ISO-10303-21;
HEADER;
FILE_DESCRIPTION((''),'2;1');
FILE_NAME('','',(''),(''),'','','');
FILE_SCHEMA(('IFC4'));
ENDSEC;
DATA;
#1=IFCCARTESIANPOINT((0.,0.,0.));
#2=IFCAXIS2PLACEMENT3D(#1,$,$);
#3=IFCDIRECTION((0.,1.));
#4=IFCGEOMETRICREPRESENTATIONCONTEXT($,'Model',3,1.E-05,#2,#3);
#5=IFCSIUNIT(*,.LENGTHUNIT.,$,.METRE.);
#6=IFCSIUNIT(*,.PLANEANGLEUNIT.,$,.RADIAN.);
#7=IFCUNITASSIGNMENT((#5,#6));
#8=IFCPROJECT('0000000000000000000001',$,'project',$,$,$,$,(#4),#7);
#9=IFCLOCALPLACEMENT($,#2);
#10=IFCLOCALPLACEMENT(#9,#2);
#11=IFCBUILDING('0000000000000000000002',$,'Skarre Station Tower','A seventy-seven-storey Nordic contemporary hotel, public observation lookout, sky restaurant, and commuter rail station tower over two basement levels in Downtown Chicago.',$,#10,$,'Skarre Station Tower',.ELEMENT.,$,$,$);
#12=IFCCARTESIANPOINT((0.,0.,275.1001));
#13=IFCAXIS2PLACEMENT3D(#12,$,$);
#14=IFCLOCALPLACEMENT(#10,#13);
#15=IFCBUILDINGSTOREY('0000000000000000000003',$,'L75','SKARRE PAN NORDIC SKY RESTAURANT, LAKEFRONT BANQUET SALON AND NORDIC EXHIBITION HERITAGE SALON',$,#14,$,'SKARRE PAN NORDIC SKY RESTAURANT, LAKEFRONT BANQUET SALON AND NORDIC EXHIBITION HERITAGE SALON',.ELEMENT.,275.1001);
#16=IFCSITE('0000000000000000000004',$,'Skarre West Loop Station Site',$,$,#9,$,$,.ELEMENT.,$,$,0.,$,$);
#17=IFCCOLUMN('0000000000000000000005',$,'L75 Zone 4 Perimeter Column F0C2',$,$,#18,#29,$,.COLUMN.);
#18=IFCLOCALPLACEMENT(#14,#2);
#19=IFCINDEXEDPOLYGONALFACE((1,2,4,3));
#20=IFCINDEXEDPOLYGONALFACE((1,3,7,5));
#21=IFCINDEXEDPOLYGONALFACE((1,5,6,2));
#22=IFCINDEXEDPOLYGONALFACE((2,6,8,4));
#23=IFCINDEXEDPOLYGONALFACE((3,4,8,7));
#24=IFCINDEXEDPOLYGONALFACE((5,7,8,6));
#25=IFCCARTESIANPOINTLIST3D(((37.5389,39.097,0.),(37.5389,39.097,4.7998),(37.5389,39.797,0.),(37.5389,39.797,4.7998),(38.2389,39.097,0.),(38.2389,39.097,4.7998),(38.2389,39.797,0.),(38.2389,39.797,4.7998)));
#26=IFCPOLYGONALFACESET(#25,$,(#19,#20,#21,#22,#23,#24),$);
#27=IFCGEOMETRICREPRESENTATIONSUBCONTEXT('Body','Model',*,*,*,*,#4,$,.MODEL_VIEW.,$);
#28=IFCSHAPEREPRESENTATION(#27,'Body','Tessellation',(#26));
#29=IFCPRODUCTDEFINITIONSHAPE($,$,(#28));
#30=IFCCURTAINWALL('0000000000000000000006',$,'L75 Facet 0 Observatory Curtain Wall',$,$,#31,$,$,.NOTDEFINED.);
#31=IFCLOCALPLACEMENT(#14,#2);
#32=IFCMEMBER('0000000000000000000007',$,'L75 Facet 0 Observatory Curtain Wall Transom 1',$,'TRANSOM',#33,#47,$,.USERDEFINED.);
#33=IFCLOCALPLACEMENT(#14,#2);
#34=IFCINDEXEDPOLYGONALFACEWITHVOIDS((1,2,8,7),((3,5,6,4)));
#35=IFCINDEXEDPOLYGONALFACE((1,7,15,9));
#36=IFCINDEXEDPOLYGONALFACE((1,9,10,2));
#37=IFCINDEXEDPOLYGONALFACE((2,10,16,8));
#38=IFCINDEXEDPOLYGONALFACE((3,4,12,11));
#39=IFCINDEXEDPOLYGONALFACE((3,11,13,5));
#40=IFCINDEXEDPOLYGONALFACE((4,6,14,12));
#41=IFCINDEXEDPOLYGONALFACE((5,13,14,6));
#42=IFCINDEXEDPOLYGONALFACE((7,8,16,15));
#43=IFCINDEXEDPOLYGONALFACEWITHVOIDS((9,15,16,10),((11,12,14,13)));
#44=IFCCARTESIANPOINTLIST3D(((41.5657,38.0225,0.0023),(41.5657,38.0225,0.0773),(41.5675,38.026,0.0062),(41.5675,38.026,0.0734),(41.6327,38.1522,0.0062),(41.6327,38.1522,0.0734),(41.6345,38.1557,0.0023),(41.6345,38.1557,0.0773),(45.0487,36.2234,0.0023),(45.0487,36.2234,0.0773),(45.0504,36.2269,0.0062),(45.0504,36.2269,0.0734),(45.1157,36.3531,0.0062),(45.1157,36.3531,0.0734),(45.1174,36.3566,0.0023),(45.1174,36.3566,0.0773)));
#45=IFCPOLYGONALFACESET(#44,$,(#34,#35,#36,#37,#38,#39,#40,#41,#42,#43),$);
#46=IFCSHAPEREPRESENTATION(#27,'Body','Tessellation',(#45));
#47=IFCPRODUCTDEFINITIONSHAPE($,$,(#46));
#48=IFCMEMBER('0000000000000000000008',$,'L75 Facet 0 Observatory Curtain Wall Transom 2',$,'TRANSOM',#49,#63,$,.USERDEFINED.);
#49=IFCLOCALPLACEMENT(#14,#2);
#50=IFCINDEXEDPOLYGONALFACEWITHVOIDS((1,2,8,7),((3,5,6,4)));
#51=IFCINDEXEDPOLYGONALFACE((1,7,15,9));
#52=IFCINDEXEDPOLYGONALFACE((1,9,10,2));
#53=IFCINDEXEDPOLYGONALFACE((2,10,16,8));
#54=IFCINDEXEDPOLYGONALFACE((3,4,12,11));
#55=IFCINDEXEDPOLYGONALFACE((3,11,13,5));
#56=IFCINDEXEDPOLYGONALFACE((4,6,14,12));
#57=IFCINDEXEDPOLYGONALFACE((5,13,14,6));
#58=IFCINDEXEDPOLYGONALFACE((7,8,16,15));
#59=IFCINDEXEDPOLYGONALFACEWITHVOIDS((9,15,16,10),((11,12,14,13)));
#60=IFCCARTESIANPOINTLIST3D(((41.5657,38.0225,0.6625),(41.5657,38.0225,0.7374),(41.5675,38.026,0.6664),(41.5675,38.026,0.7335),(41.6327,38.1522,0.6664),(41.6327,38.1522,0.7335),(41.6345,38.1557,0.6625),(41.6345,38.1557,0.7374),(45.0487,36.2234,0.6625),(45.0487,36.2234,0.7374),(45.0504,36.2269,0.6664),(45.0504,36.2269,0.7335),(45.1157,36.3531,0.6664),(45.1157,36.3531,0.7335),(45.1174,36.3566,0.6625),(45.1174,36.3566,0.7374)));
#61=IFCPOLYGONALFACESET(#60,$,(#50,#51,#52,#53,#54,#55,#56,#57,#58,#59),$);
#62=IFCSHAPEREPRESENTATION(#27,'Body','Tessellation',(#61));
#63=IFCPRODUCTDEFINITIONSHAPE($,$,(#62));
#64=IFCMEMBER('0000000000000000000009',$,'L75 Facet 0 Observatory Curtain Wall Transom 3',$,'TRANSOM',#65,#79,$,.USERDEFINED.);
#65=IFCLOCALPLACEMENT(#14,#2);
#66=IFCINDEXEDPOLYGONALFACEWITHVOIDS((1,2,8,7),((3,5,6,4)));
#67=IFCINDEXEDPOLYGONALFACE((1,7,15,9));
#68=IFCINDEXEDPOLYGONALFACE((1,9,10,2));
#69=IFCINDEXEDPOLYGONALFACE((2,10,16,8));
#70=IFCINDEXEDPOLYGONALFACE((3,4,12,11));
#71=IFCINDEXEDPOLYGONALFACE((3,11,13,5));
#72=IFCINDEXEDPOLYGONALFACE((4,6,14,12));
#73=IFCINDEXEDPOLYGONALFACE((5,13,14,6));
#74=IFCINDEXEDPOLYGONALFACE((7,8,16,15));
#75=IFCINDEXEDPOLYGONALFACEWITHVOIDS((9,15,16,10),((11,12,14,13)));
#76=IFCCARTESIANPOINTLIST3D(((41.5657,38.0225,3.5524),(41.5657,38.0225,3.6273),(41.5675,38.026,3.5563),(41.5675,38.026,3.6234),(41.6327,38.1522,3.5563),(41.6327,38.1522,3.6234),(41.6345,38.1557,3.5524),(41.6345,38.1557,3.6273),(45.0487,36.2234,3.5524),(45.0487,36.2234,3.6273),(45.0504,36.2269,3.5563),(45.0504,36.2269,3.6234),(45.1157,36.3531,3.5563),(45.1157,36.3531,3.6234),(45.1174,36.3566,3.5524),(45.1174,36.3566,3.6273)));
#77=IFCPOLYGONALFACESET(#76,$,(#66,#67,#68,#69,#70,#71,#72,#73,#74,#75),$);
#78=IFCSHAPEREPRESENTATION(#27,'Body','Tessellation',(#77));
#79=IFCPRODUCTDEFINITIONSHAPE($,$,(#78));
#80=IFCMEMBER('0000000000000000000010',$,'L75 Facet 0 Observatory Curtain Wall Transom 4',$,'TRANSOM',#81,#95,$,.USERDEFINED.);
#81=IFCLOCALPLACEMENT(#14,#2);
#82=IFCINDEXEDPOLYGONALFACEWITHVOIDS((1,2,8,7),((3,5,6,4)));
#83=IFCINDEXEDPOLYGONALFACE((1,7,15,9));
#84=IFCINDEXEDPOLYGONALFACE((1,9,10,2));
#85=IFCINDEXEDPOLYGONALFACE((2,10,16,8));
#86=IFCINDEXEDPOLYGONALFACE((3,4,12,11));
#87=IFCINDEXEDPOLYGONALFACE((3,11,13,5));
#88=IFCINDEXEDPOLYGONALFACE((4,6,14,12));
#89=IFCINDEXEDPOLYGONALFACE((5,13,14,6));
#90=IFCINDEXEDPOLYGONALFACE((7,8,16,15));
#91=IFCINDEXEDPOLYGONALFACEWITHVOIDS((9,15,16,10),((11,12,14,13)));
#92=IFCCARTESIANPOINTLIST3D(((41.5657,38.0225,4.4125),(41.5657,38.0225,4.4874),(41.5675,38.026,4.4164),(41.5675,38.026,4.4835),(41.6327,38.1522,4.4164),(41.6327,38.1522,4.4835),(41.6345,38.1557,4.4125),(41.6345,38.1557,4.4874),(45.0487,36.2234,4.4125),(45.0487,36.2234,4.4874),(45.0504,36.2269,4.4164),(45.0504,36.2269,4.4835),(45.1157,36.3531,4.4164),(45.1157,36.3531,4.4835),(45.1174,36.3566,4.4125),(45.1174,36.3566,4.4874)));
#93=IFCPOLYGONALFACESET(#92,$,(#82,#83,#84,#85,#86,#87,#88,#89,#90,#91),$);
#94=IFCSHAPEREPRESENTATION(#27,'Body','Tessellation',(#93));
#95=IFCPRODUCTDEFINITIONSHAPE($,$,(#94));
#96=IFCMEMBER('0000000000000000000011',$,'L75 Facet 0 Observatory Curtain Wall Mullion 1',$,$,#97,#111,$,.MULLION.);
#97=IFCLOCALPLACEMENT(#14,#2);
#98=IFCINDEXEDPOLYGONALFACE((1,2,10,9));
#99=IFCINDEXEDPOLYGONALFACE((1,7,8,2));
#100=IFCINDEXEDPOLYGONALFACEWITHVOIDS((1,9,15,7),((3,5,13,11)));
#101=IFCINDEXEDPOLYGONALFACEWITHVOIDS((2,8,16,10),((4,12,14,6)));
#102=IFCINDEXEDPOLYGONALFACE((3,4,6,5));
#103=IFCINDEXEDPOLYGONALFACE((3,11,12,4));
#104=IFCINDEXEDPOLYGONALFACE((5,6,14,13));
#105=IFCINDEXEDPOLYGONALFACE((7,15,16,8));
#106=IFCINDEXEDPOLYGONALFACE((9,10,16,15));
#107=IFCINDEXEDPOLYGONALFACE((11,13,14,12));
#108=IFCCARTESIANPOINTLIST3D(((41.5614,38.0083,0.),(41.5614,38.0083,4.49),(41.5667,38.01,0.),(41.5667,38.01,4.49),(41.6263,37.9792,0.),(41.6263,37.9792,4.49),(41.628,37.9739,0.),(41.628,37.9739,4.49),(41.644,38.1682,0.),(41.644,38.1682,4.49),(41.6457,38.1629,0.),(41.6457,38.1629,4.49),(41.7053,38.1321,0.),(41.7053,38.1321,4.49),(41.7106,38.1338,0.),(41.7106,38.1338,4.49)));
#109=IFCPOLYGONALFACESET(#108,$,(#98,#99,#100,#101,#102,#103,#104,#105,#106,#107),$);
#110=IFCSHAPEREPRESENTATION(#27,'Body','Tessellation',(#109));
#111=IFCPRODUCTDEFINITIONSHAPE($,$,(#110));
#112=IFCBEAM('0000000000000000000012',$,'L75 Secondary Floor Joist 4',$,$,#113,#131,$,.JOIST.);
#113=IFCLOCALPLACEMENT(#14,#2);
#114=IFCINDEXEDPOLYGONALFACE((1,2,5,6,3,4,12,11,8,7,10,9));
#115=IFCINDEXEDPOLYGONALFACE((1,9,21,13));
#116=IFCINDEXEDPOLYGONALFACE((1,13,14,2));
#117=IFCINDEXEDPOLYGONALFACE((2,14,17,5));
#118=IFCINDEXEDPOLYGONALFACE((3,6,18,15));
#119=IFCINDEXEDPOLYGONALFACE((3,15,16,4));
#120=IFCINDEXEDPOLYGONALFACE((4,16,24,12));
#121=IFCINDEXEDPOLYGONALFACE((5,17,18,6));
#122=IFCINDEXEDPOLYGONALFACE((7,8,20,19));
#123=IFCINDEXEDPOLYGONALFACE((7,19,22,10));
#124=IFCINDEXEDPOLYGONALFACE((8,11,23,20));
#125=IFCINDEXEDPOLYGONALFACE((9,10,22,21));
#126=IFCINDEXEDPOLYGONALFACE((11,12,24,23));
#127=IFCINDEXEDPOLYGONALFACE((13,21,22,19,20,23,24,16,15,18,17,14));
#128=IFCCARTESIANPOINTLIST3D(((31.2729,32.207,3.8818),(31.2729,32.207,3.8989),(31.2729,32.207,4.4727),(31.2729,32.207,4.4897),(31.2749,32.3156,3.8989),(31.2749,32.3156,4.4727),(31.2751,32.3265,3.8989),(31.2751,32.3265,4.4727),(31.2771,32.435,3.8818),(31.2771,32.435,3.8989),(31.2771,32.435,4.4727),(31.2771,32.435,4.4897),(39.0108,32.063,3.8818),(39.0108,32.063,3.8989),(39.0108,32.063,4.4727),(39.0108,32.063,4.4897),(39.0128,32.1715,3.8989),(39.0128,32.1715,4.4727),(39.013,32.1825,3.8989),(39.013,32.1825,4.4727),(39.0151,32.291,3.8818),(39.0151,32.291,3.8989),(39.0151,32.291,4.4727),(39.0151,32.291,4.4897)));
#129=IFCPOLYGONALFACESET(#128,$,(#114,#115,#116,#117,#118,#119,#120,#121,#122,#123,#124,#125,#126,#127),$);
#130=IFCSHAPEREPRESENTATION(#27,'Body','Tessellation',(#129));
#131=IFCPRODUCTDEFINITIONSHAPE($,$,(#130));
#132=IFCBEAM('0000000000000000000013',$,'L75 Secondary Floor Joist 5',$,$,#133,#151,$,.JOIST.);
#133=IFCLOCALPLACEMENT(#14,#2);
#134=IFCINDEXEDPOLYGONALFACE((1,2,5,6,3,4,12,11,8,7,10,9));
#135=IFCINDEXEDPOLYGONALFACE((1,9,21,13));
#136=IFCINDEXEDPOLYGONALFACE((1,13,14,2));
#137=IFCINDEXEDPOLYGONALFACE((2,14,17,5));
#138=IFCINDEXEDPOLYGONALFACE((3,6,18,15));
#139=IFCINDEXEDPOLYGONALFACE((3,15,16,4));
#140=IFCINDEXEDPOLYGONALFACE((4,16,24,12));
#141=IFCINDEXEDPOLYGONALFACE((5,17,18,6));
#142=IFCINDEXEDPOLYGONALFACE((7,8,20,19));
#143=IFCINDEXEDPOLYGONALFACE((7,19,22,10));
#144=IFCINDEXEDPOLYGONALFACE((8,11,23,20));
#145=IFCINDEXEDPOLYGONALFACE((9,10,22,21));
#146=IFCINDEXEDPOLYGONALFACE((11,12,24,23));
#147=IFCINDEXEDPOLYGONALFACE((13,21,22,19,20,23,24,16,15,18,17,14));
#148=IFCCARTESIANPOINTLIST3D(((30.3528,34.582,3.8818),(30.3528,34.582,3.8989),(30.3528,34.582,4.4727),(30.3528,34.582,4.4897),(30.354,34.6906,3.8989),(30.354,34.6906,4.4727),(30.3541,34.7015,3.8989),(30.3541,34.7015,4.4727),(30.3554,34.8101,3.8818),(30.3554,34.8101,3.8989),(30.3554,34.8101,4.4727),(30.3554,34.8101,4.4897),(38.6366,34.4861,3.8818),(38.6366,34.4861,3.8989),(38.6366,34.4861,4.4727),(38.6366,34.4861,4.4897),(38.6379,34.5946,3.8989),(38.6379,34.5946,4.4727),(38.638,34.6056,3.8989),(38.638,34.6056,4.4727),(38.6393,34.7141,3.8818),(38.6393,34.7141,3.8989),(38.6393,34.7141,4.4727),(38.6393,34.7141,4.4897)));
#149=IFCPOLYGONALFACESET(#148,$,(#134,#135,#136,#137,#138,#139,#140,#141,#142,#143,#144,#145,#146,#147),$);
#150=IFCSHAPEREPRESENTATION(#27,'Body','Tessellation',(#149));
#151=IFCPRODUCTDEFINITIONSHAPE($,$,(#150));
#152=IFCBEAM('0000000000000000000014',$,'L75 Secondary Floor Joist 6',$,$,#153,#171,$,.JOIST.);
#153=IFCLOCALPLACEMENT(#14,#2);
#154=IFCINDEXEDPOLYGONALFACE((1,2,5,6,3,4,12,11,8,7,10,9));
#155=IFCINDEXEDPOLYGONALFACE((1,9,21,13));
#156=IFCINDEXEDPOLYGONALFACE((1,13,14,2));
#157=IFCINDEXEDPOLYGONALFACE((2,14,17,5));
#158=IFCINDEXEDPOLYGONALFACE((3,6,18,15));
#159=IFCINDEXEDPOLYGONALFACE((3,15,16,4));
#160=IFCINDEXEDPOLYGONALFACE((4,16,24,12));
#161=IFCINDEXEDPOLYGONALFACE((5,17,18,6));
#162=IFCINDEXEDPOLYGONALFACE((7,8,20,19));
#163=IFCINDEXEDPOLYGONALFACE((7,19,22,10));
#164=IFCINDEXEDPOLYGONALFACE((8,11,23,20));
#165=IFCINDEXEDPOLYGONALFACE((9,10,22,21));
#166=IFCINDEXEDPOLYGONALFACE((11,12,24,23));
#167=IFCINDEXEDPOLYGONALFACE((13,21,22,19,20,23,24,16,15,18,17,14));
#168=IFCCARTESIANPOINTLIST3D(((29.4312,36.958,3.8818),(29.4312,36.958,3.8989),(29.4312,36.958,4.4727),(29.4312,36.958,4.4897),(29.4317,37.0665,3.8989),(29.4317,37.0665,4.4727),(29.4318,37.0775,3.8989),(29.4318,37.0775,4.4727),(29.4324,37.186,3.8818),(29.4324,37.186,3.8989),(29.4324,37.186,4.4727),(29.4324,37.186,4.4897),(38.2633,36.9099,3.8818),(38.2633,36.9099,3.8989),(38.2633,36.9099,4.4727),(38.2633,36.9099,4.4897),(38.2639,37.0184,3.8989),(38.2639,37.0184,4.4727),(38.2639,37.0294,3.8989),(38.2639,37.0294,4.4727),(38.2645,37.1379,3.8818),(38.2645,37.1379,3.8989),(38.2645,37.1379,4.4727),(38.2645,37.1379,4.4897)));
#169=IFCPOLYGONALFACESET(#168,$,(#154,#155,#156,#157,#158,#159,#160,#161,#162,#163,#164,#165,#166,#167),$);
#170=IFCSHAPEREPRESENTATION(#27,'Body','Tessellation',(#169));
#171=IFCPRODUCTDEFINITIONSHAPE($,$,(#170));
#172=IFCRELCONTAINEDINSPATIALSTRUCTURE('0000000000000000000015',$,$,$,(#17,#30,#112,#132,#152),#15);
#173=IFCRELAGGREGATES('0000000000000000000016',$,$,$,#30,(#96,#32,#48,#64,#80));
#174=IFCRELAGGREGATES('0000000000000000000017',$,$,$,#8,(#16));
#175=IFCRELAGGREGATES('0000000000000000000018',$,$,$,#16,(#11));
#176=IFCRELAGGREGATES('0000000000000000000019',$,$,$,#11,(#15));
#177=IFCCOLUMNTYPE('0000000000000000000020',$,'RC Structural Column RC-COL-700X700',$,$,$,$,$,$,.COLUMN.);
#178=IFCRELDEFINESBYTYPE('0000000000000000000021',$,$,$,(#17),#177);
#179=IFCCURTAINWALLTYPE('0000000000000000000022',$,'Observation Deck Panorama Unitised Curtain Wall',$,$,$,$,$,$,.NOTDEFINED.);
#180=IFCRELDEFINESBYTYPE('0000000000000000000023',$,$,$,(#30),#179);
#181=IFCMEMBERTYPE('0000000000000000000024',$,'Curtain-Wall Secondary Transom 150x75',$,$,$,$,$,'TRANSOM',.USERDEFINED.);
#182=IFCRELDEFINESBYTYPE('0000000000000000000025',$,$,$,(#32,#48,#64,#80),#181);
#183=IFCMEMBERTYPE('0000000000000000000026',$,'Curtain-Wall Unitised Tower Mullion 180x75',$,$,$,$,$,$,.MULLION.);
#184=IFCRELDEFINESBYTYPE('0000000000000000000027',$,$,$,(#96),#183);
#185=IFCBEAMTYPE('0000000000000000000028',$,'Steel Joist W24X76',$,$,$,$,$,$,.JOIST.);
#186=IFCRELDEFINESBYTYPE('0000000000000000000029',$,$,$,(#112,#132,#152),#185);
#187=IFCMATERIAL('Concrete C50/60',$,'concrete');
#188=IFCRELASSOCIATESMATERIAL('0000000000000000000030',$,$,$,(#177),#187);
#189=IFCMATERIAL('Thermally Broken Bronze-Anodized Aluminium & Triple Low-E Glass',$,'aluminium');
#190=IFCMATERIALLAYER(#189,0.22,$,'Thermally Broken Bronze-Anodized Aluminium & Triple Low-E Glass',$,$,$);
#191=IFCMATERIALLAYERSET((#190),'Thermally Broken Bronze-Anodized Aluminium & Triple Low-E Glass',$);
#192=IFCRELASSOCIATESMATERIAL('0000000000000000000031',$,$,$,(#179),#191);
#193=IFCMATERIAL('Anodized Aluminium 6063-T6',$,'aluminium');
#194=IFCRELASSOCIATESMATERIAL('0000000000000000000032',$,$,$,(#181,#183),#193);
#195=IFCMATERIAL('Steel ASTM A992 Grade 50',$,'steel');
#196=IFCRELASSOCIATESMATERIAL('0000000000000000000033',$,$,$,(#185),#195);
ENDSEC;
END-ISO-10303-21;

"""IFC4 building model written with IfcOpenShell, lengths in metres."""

from ifc_helpers import new_model, si_unit, direction, frame, origin, origin_2d, place, context, subcontext, project, spatial, rectangle, hollow_rectangle, i_section, extrude, material, layer, layer_set, material_profile, profile_set, type_object, element, aggregate, save


model = new_model("IFC4")

# Units and contexts
model_context = context("Model", 3, precision=1e-05, world=origin(), true_north=direction((0.0, 1.0)))
body_context = subcontext(model_context, "Body", "Model", "MODEL_VIEW")
ifc_project = project(units=[si_unit("LENGTHUNIT", "METRE"), si_unit("PLANEANGLEUNIT", "RADIAN")], contexts=[model_context])

# Site, building, storey
site_placement = place(None, origin())
site = spatial("IfcSite", under=ifc_project, at=site_placement, Name="Skarre West Loop Station Site", CompositionType="ELEMENT", RefElevation=0.0)
building_placement = place(site_placement, origin())
building = spatial("IfcBuilding", under=site, at=building_placement, Name="Skarre Station Tower", Description="A seventy-seven-storey Nordic contemporary hotel, public observation lookout, sky restaurant, and commuter rail station tower over two basement levels in Downtown Chicago.", LongName="Skarre Station Tower", CompositionType="ELEMENT")
storey_placement = place(building_placement, frame((0.0, 0.0, 275.1001)))
storey = spatial("IfcBuildingStorey", under=building, at=storey_placement, Name="L75", Description="SKARRE PAN NORDIC SKY RESTAURANT, LAKEFRONT BANQUET SALON AND NORDIC EXHIBITION HERITAGE SALON", LongName="SKARRE PAN NORDIC SKY RESTAURANT, LAKEFRONT BANQUET SALON AND NORDIC EXHIBITION HERITAGE SALON", CompositionType="ELEMENT", Elevation=275.1001)

# Column
ifc_material_1 = material(Name="Concrete C50/60", Category="concrete")
ifc_material_profile_1 = material_profile(ifc_material_1, rectangle(XDim=0.7, YDim=0.7, at=origin_2d()), Name="Concrete C50/60")
ifc_profile_set_1 = profile_set([ifc_material_profile_1], Name="Concrete C50/60")
column_type = type_object("IfcColumnType", Name="RC Structural Column RC-COL-700X700", PredefinedType="COLUMN", material=ifc_profile_set_1)
column_placement = place(storey_placement, frame((37.8889, 39.447, 0.0), z_axis=(0.0, 0.0, 1.0), x_axis=(1.0, 0.0, 0.0)))
element("IfcColumn", 1, at=column_placement, inside=storey, type_object=column_type, Name="L75 Zone 4 Perimeter Column F0C2", PredefinedType="COLUMN", context=body_context, shape_type="SweptSolid", body=[
    extrude(rectangle(XDim=0.7, YDim=0.7, at=origin_2d()), origin(), (0.0, 0.0, 1.0), 4.7998),
])

# Curtain wall, members
ifc_material_2 = material(Name="Thermally Broken Bronze-Anodized Aluminium & Triple Low-E Glass", Category="aluminium")
ifc_layer_1 = layer(ifc_material_2, 0.22, Name="Thermally Broken Bronze-Anodized Aluminium & Triple Low-E Glass")
ifc_layer_set_1 = layer_set([ifc_layer_1], Name="Thermally Broken Bronze-Anodized Aluminium & Triple Low-E Glass")
curtain_wall_type = type_object("IfcCurtainWallType", Name="Observation Deck Panorama Unitised Curtain Wall", PredefinedType="NOTDEFINED", material=ifc_layer_set_1)
curtain_wall_placement = place(storey_placement, origin())
curtain_wall = element("IfcCurtainWall", 2, at=curtain_wall_placement, inside=storey, type_object=curtain_wall_type, Name="L75 Facet 0 Observatory Curtain Wall", PredefinedType="NOTDEFINED")
ifc_material_3 = material(Name="Anodized Aluminium 6063-T6", Category="aluminium")
ifc_material_profile_2 = material_profile(ifc_material_3, hollow_rectangle(XDim=0.075, YDim=0.1499, WallThickness=0.0039, at=origin_2d()), Name="Anodized Aluminium 6063-T6")
ifc_profile_set_2 = profile_set([ifc_material_profile_2], Name="Anodized Aluminium 6063-T6")
member_type_1 = type_object("IfcMemberType", Name="Curtain-Wall Secondary Transom 150x75", ElementType="TRANSOM", PredefinedType="USERDEFINED", material=ifc_profile_set_2)
member_1_placement = place(storey_placement, frame((41.6001, 38.0891, 0.0398), z_axis=(0.888471, -0.458933, 0.0), x_axis=(0.0, 0.0, 1.0)))
member_1 = element("IfcMember", 3, at=member_1_placement, type_object=member_type_1, Name="L75 Facet 0 Observatory Curtain Wall Transom 1", ObjectType="TRANSOM", PredefinedType="USERDEFINED", context=body_context, shape_type="SweptSolid", body=[
    extrude(hollow_rectangle(XDim=0.075, YDim=0.1499, WallThickness=0.0039, at=origin_2d()), origin(), (0.0, 0.0, 1.0), 3.9202),
])
member_2_placement = place(storey_placement, frame((41.6001, 38.0891, 0.7), z_axis=(0.888471, -0.458933, 0.0), x_axis=(0.0, 0.0, 1.0)))
member_2 = element("IfcMember", 4, at=member_2_placement, type_object=member_type_1, Name="L75 Facet 0 Observatory Curtain Wall Transom 2", ObjectType="TRANSOM", PredefinedType="USERDEFINED", context=body_context, shape_type="SweptSolid", body=[
    extrude(hollow_rectangle(XDim=0.075, YDim=0.1499, WallThickness=0.0039, at=origin_2d()), origin(), (0.0, 0.0, 1.0), 3.9202),
])
member_3_placement = place(storey_placement, frame((41.6001, 38.0891, 3.5898), z_axis=(0.888471, -0.458933, 0.0), x_axis=(0.0, 0.0, 1.0)))
member_3 = element("IfcMember", 5, at=member_3_placement, type_object=member_type_1, Name="L75 Facet 0 Observatory Curtain Wall Transom 3", ObjectType="TRANSOM", PredefinedType="USERDEFINED", context=body_context, shape_type="SweptSolid", body=[
    extrude(hollow_rectangle(XDim=0.075, YDim=0.1499, WallThickness=0.0039, at=origin_2d()), origin(), (0.0, 0.0, 1.0), 3.9202),
])
member_4_placement = place(storey_placement, frame((41.6001, 38.0891, 4.45), z_axis=(0.888471, -0.458933, 0.0), x_axis=(0.0, 0.0, 1.0)))
member_4 = element("IfcMember", 6, at=member_4_placement, type_object=member_type_1, Name="L75 Facet 0 Observatory Curtain Wall Transom 4", ObjectType="TRANSOM", PredefinedType="USERDEFINED", context=body_context, shape_type="SweptSolid", body=[
    extrude(hollow_rectangle(XDim=0.075, YDim=0.1499, WallThickness=0.0039, at=origin_2d()), origin(), (0.0, 0.0, 1.0), 3.9202),
])
ifc_material_profile_3 = material_profile(ifc_material_3, hollow_rectangle(XDim=0.075, YDim=0.1799, WallThickness=0.0039, at=origin_2d()), Name="Anodized Aluminium 6063-T6")
ifc_profile_set_3 = profile_set([ifc_material_profile_3], Name="Anodized Aluminium 6063-T6")
member_type_2 = type_object("IfcMemberType", Name="Curtain-Wall Unitised Tower Mullion 180x75", PredefinedType="MULLION", material=ifc_profile_set_3)
member_5_placement = place(storey_placement, frame((41.636, 38.071, 0.0), z_axis=(0.0, 0.0, 1.0), x_axis=(0.888481, -0.458913, 0.0)))
member_5 = element("IfcMember", 7, at=member_5_placement, type_object=member_type_2, Name="L75 Facet 0 Observatory Curtain Wall Mullion 1", PredefinedType="MULLION", context=body_context, shape_type="SweptSolid", body=[
    extrude(hollow_rectangle(XDim=0.075, YDim=0.1799, WallThickness=0.0039, at=origin_2d()), origin(), (0.0, 0.0, 1.0), 4.49),
])

# Beams
ifc_material_4 = material(Name="Steel ASTM A992 Grade 50", Category="steel")
ifc_material_profile_4 = material_profile(ifc_material_4, i_section(OverallWidth=0.228, OverallDepth=0.6079, WebThickness=0.011, FlangeThickness=0.0171, at=origin_2d()), Name="Steel ASTM A992 Grade 50")
ifc_profile_set_4 = profile_set([ifc_material_profile_4], Name="Steel ASTM A992 Grade 50")
beam_type_1 = type_object("IfcBeamType", Name="Steel Joist W24X76", PredefinedType="JOIST", material=ifc_profile_set_4)
beam_1_placement = place(storey_placement, frame((39.0129, 32.177, 4.1858), z_axis=(-0.999827, 0.018612, 0.0), x_axis=(-0.018612, -0.999827, 0.0)))
element("IfcBeam", 8, at=beam_1_placement, inside=storey, type_object=beam_type_1, Name="L75 Secondary Floor Joist 4", PredefinedType="JOIST", context=body_context, shape_type="SweptSolid", body=[
    extrude(i_section(OverallWidth=0.228, OverallDepth=0.6079, WebThickness=0.011, FlangeThickness=0.0171, at=origin_2d()), origin(), (0.0, 0.0, 1.0), 7.7393),
])
beam_2_placement = place(storey_placement, frame((38.6379, 34.6001, 4.1858), z_axis=(-0.999933, 0.011582, 0.0), x_axis=(-0.011582, -0.999933, 0.0)))
element("IfcBeam", 9, at=beam_2_placement, inside=storey, type_object=beam_type_1, Name="L75 Secondary Floor Joist 5", PredefinedType="JOIST", context=body_context, shape_type="SweptSolid", body=[
    extrude(i_section(OverallWidth=0.228, OverallDepth=0.6079, WebThickness=0.011, FlangeThickness=0.0171, at=origin_2d()), origin(), (0.0, 0.0, 1.0), 8.2844),
])
beam_3_placement = place(storey_placement, frame((38.2639, 37.0239, 4.1858), z_axis=(-0.999985, 0.005446, 0.0), x_axis=(-0.005446, -0.999985, 0.0)))
element("IfcBeam", 10, at=beam_3_placement, inside=storey, type_object=beam_type_1, Name="L75 Secondary Floor Joist 6", PredefinedType="JOIST", context=body_context, shape_type="SweptSolid", body=[
    extrude(i_section(OverallWidth=0.228, OverallDepth=0.6079, WebThickness=0.011, FlangeThickness=0.0171, at=origin_2d()), origin(), (0.0, 0.0, 1.0), 8.8323),
])

aggregate(curtain_wall, [member_5, member_1, member_2, member_3, member_4])

save(model, "model.ifc")
